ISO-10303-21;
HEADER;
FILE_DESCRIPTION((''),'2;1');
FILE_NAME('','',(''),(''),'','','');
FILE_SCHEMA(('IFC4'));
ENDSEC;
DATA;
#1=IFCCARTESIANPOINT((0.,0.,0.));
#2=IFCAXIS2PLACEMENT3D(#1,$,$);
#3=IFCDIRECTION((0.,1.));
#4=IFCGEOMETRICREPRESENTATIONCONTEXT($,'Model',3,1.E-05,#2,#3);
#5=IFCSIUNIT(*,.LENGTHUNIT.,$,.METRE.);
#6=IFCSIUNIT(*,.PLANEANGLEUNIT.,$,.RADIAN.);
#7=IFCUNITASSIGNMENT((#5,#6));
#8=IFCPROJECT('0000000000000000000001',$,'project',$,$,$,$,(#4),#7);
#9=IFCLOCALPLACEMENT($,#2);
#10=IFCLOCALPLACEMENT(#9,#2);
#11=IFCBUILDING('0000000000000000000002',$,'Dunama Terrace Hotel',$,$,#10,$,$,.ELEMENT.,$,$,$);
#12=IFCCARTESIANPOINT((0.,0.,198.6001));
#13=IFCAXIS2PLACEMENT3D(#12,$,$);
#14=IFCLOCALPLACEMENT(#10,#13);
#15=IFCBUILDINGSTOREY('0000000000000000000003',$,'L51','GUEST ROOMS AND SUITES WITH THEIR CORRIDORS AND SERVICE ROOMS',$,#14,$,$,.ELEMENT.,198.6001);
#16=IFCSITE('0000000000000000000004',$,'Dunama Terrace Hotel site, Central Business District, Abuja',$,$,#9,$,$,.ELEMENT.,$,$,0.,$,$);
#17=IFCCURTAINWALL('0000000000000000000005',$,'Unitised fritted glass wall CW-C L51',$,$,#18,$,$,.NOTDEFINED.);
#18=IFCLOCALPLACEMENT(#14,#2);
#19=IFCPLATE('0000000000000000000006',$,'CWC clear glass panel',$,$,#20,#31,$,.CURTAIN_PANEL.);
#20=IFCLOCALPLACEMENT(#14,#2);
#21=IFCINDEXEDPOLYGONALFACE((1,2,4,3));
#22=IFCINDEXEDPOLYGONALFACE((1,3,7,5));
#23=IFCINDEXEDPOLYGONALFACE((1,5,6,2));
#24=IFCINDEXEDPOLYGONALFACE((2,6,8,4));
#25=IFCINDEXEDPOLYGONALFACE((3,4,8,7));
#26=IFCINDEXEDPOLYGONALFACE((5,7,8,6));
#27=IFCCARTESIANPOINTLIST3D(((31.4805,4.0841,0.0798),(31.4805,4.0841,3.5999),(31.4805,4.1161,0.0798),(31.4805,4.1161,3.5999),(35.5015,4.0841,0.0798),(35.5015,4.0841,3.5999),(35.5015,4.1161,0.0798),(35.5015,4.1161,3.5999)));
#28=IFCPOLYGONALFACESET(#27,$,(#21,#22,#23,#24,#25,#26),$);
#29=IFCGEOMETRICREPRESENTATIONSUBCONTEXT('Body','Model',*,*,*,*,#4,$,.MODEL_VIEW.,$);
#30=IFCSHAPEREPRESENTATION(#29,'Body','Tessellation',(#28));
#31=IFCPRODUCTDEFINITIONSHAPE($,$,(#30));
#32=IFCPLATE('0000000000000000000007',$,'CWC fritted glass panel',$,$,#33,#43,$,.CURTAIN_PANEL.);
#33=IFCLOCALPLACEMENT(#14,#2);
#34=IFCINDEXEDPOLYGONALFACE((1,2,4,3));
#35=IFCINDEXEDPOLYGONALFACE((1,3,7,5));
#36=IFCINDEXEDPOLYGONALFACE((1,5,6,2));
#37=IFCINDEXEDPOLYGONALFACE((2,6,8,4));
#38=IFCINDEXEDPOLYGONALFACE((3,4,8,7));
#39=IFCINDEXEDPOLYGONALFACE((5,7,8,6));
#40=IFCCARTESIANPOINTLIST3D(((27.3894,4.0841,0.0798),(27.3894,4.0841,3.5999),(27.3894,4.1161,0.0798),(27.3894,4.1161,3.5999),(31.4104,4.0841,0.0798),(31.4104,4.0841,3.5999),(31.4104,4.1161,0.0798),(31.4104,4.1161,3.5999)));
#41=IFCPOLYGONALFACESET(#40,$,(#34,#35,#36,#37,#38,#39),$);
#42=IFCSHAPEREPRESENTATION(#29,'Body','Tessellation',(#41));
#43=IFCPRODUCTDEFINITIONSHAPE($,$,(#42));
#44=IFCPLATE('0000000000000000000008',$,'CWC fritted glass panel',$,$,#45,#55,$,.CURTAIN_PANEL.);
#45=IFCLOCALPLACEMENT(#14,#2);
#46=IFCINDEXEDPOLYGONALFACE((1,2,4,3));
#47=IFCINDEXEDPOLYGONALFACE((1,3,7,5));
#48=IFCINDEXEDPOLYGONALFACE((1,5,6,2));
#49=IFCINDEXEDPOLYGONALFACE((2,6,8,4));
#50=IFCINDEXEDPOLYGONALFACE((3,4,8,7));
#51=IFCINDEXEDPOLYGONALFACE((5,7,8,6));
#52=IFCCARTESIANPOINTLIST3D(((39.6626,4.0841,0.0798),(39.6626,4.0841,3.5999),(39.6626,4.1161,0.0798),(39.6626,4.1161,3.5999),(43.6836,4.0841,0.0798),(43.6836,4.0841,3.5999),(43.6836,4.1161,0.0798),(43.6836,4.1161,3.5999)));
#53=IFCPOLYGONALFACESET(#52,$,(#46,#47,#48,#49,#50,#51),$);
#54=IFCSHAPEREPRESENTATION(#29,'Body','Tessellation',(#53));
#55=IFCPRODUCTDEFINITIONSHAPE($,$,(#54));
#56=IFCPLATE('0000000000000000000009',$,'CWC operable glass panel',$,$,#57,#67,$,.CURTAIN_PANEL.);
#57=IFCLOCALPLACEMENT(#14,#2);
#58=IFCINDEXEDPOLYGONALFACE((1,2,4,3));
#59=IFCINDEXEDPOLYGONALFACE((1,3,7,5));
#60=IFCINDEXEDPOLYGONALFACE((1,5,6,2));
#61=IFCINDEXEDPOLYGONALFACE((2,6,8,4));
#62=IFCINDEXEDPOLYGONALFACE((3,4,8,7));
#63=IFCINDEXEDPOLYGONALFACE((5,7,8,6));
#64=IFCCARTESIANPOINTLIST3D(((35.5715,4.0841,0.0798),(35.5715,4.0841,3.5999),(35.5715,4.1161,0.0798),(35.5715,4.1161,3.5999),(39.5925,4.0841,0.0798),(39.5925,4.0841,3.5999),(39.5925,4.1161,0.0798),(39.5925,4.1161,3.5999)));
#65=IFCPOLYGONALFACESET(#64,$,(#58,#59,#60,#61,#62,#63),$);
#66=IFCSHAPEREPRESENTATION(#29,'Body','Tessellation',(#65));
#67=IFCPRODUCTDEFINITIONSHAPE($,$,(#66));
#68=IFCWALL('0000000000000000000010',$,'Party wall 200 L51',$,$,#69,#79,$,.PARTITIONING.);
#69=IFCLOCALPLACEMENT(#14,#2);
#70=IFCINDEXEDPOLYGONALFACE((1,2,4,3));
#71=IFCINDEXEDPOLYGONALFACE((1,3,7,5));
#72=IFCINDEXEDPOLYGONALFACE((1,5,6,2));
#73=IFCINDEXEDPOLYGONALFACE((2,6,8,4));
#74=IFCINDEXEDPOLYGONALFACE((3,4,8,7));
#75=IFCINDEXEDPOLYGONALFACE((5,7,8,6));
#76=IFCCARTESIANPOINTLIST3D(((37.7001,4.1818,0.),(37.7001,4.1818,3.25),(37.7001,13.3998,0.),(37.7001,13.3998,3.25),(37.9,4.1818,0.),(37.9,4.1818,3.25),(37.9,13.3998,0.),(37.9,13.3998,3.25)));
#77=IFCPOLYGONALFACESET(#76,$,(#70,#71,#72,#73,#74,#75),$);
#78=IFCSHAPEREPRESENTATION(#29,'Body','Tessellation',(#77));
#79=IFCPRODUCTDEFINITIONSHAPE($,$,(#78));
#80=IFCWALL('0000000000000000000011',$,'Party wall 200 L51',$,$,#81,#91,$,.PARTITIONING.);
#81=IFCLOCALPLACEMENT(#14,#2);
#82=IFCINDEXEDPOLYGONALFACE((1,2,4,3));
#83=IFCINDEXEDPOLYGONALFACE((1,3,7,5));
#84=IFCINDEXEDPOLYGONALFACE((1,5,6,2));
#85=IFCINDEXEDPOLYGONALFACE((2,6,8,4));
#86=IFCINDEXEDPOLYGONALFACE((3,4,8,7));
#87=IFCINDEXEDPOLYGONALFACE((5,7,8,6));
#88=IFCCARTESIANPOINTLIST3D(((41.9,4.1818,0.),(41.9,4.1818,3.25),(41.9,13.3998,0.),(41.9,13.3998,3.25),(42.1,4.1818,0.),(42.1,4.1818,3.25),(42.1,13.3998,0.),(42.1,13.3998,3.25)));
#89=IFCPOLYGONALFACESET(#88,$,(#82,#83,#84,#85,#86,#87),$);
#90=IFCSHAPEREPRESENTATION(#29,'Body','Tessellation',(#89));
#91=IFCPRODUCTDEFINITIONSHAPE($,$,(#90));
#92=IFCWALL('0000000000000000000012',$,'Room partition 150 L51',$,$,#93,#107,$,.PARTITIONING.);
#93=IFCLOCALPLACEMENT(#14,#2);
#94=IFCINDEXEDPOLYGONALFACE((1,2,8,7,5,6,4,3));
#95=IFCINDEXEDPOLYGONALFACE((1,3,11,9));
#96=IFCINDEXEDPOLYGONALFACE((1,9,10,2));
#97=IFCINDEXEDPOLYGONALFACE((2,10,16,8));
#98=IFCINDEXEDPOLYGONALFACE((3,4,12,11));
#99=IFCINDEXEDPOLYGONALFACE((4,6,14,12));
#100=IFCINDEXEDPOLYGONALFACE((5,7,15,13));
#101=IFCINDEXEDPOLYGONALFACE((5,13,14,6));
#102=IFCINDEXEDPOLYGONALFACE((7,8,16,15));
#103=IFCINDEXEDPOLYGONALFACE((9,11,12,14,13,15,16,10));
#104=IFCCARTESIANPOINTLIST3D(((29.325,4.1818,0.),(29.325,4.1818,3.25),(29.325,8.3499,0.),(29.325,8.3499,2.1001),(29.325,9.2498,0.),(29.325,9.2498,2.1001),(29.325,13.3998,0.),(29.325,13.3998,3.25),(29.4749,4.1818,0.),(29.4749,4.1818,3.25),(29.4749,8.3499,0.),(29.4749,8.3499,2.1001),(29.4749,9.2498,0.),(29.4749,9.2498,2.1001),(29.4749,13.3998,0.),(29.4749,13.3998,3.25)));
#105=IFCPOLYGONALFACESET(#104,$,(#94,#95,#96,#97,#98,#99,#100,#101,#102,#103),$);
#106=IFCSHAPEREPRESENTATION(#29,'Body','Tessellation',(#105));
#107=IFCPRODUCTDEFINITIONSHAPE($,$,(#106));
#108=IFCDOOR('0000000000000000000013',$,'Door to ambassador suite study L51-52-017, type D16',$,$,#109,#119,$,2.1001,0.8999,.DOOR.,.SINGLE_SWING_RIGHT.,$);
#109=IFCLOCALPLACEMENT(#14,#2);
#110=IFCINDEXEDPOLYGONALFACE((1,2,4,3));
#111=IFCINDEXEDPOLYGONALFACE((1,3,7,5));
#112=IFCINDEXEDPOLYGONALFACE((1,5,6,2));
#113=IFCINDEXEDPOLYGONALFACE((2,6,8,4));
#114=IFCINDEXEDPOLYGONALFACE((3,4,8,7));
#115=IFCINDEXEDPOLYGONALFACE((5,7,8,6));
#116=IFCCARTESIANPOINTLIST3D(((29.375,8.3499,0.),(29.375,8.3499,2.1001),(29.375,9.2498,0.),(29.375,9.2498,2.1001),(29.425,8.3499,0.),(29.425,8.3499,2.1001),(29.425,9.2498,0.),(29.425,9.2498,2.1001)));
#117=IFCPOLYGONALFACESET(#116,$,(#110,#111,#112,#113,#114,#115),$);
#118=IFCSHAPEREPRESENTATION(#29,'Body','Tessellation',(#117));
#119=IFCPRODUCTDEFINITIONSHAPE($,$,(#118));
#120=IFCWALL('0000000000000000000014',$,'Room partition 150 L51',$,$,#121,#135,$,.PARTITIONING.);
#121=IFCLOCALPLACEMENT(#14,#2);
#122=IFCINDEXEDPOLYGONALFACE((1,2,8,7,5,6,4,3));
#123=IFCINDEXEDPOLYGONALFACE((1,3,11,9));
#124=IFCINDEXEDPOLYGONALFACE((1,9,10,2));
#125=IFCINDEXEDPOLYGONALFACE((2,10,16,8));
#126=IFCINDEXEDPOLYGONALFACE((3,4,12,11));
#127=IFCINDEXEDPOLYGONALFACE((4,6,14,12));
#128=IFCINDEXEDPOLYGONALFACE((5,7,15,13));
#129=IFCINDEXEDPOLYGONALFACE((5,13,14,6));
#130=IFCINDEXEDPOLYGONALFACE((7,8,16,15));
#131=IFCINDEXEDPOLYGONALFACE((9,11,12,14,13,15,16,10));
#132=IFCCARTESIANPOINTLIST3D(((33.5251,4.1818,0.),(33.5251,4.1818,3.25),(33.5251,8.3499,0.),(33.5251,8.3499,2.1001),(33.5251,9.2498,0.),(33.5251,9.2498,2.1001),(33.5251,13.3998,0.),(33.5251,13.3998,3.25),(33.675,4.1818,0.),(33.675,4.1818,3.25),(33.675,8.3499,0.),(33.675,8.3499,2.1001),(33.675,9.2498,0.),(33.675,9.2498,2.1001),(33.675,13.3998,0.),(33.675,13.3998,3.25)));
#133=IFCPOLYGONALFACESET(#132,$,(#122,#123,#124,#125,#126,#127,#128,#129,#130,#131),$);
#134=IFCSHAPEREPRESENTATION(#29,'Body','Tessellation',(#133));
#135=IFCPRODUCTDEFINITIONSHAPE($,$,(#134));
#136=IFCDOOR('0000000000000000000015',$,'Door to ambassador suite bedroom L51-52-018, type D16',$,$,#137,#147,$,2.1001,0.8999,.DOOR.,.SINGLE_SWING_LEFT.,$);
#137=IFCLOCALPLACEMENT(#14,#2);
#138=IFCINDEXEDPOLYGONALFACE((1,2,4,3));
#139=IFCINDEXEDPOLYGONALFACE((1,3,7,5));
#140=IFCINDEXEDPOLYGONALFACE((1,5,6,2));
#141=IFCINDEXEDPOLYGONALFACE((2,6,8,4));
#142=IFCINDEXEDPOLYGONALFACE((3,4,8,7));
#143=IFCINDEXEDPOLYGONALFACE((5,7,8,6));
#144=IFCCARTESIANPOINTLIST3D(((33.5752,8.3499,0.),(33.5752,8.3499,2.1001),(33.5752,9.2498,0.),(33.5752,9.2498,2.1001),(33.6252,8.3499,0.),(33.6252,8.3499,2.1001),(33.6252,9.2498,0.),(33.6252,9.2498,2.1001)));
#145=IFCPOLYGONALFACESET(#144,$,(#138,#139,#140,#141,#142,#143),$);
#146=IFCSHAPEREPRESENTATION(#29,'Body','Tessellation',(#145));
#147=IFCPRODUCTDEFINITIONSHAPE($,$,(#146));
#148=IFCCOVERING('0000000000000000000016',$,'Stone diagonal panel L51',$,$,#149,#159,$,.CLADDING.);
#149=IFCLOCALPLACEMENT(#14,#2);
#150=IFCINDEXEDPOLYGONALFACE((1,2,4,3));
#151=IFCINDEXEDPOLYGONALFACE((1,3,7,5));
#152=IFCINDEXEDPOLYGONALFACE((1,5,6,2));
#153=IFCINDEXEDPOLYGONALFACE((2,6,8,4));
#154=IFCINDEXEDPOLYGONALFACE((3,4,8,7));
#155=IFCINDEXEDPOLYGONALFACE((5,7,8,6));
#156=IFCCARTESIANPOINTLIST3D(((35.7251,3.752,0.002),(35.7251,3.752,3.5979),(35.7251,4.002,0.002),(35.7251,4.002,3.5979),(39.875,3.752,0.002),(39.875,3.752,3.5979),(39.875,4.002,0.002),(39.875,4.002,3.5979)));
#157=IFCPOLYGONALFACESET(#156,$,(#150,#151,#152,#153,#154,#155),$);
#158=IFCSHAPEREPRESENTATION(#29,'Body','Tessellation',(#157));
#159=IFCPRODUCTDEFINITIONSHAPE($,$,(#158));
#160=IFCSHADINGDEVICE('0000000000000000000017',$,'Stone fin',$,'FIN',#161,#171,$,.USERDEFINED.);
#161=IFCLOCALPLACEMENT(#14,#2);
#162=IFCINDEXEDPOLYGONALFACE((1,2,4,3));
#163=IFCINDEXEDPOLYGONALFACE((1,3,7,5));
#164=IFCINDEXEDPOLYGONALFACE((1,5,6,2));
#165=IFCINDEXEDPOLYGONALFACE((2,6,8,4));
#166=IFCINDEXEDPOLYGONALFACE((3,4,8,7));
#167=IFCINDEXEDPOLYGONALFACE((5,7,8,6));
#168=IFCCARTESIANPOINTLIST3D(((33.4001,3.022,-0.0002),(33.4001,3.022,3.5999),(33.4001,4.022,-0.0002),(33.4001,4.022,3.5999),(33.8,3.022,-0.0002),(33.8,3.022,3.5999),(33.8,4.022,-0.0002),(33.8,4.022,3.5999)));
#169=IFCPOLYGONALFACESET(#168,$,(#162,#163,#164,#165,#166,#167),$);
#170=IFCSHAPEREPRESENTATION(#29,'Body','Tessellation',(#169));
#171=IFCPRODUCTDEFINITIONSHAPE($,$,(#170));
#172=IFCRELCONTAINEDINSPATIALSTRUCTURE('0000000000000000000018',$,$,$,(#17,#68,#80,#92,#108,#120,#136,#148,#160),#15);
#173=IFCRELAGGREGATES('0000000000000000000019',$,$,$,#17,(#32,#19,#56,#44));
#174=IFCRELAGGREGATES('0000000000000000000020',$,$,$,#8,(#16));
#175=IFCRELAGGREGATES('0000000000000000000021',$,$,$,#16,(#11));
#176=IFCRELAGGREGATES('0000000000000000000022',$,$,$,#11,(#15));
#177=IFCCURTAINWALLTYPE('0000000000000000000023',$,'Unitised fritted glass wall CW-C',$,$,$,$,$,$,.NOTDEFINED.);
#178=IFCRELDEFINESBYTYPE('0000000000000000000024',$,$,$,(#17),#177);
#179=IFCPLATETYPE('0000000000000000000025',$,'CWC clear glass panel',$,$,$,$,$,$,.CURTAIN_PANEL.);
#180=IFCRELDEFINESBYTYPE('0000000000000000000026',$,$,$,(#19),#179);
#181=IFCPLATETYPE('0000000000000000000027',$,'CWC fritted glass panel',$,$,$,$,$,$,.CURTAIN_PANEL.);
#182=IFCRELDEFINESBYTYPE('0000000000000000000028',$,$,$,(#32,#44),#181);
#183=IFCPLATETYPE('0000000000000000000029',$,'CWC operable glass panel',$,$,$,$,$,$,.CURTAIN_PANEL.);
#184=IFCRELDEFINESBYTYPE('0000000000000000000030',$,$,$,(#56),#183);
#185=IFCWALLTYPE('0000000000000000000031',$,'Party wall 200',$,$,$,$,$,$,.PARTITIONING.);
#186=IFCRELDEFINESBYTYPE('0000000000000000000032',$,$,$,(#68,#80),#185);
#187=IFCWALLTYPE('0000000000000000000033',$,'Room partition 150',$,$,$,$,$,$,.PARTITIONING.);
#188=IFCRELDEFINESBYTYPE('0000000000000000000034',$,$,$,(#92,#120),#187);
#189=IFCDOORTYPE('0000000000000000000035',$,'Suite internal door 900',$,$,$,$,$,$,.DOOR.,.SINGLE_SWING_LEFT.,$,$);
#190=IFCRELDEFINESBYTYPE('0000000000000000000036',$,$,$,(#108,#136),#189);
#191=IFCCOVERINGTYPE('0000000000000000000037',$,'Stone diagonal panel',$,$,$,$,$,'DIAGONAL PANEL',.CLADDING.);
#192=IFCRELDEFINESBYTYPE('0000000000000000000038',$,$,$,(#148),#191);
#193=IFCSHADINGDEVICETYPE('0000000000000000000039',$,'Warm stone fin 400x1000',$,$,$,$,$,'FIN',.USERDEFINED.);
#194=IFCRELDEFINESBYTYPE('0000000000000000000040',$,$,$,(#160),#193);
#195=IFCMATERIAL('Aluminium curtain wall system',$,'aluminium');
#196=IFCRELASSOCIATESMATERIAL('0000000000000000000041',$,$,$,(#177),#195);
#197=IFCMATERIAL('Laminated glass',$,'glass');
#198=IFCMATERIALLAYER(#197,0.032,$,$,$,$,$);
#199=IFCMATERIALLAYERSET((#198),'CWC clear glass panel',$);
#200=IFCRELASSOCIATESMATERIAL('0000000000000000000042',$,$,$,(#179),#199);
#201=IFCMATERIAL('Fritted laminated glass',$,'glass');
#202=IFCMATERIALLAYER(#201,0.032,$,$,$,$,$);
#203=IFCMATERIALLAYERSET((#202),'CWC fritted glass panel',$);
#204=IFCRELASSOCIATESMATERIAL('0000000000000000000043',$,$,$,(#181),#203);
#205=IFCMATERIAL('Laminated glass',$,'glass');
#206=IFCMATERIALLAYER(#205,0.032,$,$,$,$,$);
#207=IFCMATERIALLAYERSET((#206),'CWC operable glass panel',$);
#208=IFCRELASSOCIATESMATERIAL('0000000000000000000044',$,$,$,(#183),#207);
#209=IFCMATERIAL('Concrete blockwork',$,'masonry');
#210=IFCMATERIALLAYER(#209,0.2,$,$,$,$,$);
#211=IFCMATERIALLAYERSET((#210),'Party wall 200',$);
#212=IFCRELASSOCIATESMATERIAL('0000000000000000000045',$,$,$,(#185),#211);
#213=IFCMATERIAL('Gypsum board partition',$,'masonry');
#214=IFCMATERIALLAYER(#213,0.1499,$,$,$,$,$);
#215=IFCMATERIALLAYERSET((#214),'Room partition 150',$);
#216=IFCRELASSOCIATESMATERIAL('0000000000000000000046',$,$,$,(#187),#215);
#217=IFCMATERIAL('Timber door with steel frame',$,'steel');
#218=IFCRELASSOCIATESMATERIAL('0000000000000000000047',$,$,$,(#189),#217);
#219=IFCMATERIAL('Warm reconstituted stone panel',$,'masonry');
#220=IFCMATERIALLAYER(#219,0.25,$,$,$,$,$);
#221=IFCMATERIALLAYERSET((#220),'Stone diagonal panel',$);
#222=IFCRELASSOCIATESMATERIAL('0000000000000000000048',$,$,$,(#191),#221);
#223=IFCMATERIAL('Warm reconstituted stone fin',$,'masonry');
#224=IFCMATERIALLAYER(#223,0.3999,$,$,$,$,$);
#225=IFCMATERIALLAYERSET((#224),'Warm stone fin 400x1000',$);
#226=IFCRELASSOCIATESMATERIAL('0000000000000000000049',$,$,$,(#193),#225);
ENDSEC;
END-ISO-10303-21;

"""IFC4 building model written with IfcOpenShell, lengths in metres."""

from ifc_helpers import new_model, si_unit, direction, frame, frame_2d, origin, origin_2d, place, context, subcontext, project, spatial, rectangle, extrude, material, layer, layer_set, type_object, element, fill, aggregate, save


model = new_model("IFC4")

# Units and contexts
model_context = context("Model", 3, precision=1e-05, world=origin(), true_north=direction((0.0, 1.0)))
body_context = subcontext(model_context, "Body", "Model", "MODEL_VIEW")
ifc_project = project(units=[si_unit("LENGTHUNIT", "METRE"), si_unit("PLANEANGLEUNIT", "RADIAN")], contexts=[model_context])

# Site, building, storey
site_placement = place(None, origin())
site = spatial("IfcSite", under=ifc_project, at=site_placement, Name="Dunama Terrace Hotel site, Central Business District, Abuja", CompositionType="ELEMENT", RefElevation=0.0)
building_placement = place(site_placement, origin())
building = spatial("IfcBuilding", under=site, at=building_placement, Name="Dunama Terrace Hotel", CompositionType="ELEMENT")
storey_placement = place(building_placement, frame((0.0, 0.0, 198.6001)))
storey = spatial("IfcBuildingStorey", under=building, at=storey_placement, Name="L51", Description="GUEST ROOMS AND SUITES WITH THEIR CORRIDORS AND SERVICE ROOMS", CompositionType="ELEMENT", Elevation=198.6001)

# Curtain wall
ifc_material_1 = material(Name="Aluminium curtain wall system", Category="aluminium")
curtain_wall_type = type_object("IfcCurtainWallType", Name="Unitised fritted glass wall CW-C", PredefinedType="NOTDEFINED", material=ifc_material_1)
curtain_wall_placement = place(storey_placement, origin())
curtain_wall = element("IfcCurtainWall", 1, at=curtain_wall_placement, inside=storey, type_object=curtain_wall_type, Name="Unitised fritted glass wall CW-C L51", PredefinedType="NOTDEFINED")

# Plates
ifc_material_2 = material(Name="Laminated glass", Category="glass")
ifc_layer_1 = layer(ifc_material_2, 0.032)
ifc_layer_set_1 = layer_set([ifc_layer_1], Name="CWC clear glass panel")
plate_type_1 = type_object("IfcPlateType", Name="CWC clear glass panel", PredefinedType="CURTAIN_PANEL", material=ifc_layer_set_1)
plate_1_placement = place(storey_placement, frame((33.491, 4.1001, 0.0798), z_axis=(0.0, 0.0, 1.0), x_axis=(1.0, 0.0, 0.0)))
plate_1 = element("IfcPlate", 2, at=plate_1_placement, type_object=plate_type_1, Name="CWC clear glass panel", PredefinedType="CURTAIN_PANEL", context=body_context, shape_type="SweptSolid", body=[
    extrude(rectangle(XDim=4.021, YDim=0.032, at=origin_2d()), origin(), (0.0, 0.0, 1.0), 3.52),
])
ifc_material_3 = material(Name="Fritted laminated glass", Category="glass")
ifc_layer_2 = layer(ifc_material_3, 0.032)
ifc_layer_set_2 = layer_set([ifc_layer_2], Name="CWC fritted glass panel")
plate_type_2 = type_object("IfcPlateType", Name="CWC fritted glass panel", PredefinedType="CURTAIN_PANEL", material=ifc_layer_set_2)
plate_2_placement = place(storey_placement, frame((29.3999, 4.1001, 0.0798), z_axis=(0.0, 0.0, 1.0), x_axis=(1.0, 0.0, 0.0)))
plate_2 = element("IfcPlate", 3, at=plate_2_placement, type_object=plate_type_2, Name="CWC fritted glass panel", PredefinedType="CURTAIN_PANEL", context=body_context, shape_type="SweptSolid", body=[
    extrude(rectangle(XDim=4.021, YDim=0.032, at=origin_2d()), origin(), (0.0, 0.0, 1.0), 3.52),
])
plate_3_placement = place(storey_placement, frame((41.6731, 4.1001, 0.0798), z_axis=(0.0, 0.0, 1.0), x_axis=(1.0, 0.0, 0.0)))
plate_3 = element("IfcPlate", 4, at=plate_3_placement, type_object=plate_type_2, Name="CWC fritted glass panel", PredefinedType="CURTAIN_PANEL", context=body_context, shape_type="SweptSolid", body=[
    extrude(rectangle(XDim=4.021, YDim=0.032, at=origin_2d()), origin(), (0.0, 0.0, 1.0), 3.52),
])
ifc_material_4 = material(Name="Laminated glass", Category="glass")
ifc_layer_3 = layer(ifc_material_4, 0.032)
ifc_layer_set_3 = layer_set([ifc_layer_3], Name="CWC operable glass panel")
plate_type_3 = type_object("IfcPlateType", Name="CWC operable glass panel", PredefinedType="CURTAIN_PANEL", material=ifc_layer_set_3)
plate_4_placement = place(storey_placement, frame((37.582, 4.1001, 0.0798), z_axis=(0.0, 0.0, 1.0), x_axis=(1.0, 0.0, 0.0)))
plate_4 = element("IfcPlate", 5, at=plate_4_placement, type_object=plate_type_3, Name="CWC operable glass panel", PredefinedType="CURTAIN_PANEL", context=body_context, shape_type="SweptSolid", body=[
    extrude(rectangle(XDim=4.021, YDim=0.032, at=origin_2d()), origin(), (0.0, 0.0, 1.0), 3.52),
])
aggregate(curtain_wall, [plate_2, plate_1, plate_4, plate_3])

# Walls
ifc_material_5 = material(Name="Concrete blockwork", Category="masonry")
ifc_layer_4 = layer(ifc_material_5, 0.2)
ifc_layer_set_4 = layer_set([ifc_layer_4], Name="Party wall 200")
wall_type_1 = type_object("IfcWallType", Name="Party wall 200", PredefinedType="PARTITIONING", material=ifc_layer_set_4)
for number, where, z_axis, x_axis, name in (
    (6, (37.8, 4.1819, 0.0), (0.0, 0.0, 1.0), (0.0, 1.0, 0.0), "Party wall 200 L51"),
    (7, (42.0, 4.1819, 0.0), (0.0, 0.0, 1.0), (0.0, 1.0, 0.0), "Party wall 200 L51"),
):
    element("IfcWall", number, at=place(storey_placement, frame(where, z_axis=z_axis, x_axis=x_axis)), inside=storey, type_object=wall_type_1, Name=name, PredefinedType="PARTITIONING", context=body_context, shape_type="SweptSolid", body=[
        extrude(rectangle(XDim=9.218, YDim=0.2, at=frame_2d((4.6089, 0.0))), origin(), (0.0, 0.0, 1.0), 3.25),
    ])

# Walls, openings, doors
ifc_material_6 = material(Name="Gypsum board partition", Category="masonry")
ifc_layer_5 = layer(ifc_material_6, 0.1499)
ifc_layer_set_5 = layer_set([ifc_layer_5], Name="Room partition 150")
wall_type_2 = type_object("IfcWallType", Name="Room partition 150", PredefinedType="PARTITIONING", material=ifc_layer_set_5)
wall_1_placement = place(storey_placement, frame((29.3999, 4.1819, 0.0), z_axis=(0.0, 0.0, 1.0), x_axis=(0.0, 1.0, 0.0)))
wall_1 = element("IfcWall", 8, at=wall_1_placement, inside=storey, type_object=wall_type_2, Name="Room partition 150 L51", PredefinedType="PARTITIONING", context=body_context, shape_type="SweptSolid", body=[
    extrude(rectangle(XDim=9.218, YDim=0.1499, at=frame_2d((4.6089, 0.0))), origin(), (0.0, 0.0, 1.0), 3.25),
])
opening_1_placement = place(wall_1_placement, frame((4.168, 0.0, 0.0)))
opening_1 = element("IfcOpeningElement", 9, at=opening_1_placement, cuts=wall_1, PredefinedType="OPENING", context=body_context, shape_type="SweptSolid", body=[
    extrude(rectangle(XDim=0.8999, YDim=2.1001, at=frame_2d((0.45, 1.05))), frame((0.0, 0.085, 0.0), z_axis=(0.0, -1.0, 0.0), x_axis=(1.0, 0.0, 0.0)), (0.0, 0.0, 1.0), 0.1699),
])
ifc_material_7 = material(Name="Timber door with steel frame", Category="steel")
door_type = type_object("IfcDoorType", Name="Suite internal door 900", OperationType="SINGLE_SWING_LEFT", PredefinedType="DOOR", material=ifc_material_7)
door_1_placement = place(opening_1_placement, origin())
door_1 = element("IfcDoor", 10, at=door_1_placement, inside=storey, type_object=door_type, Name="Door to ambassador suite study L51-52-017, type D16", OperationType="SINGLE_SWING_RIGHT", OverallHeight=2.1001, OverallWidth=0.8999, PredefinedType="DOOR", context=body_context, shape_type="SweptSolid", body=[
    extrude(rectangle(XDim=0.8999, YDim=2.1001, at=frame_2d((0.45, 1.05))), frame((0.0, 0.0249, 0.0), z_axis=(0.0, -1.0, 0.0), x_axis=(1.0, 0.0, 0.0)), (0.0, 0.0, 1.0), 0.05),
])
fill(opening_1, door_1)
wall_2_placement = place(storey_placement, frame((33.6001, 4.1819, 0.0), z_axis=(0.0, 0.0, 1.0), x_axis=(0.0, 1.0, 0.0)))
wall_2 = element("IfcWall", 11, at=wall_2_placement, inside=storey, type_object=wall_type_2, Name="Room partition 150 L51", PredefinedType="PARTITIONING", context=body_context, shape_type="SweptSolid", body=[
    extrude(rectangle(XDim=9.218, YDim=0.1499, at=frame_2d((4.6089, 0.0))), origin(), (0.0, 0.0, 1.0), 3.25),
])
opening_2_placement = place(wall_2_placement, frame((4.168, 0.0, 0.0)))
opening_2 = element("IfcOpeningElement", 12, at=opening_2_placement, cuts=wall_2, PredefinedType="OPENING", context=body_context, shape_type="SweptSolid", body=[
    extrude(rectangle(XDim=0.8999, YDim=2.1001, at=frame_2d((0.45, 1.05))), frame((0.0, 0.085, 0.0), z_axis=(0.0, -1.0, 0.0), x_axis=(1.0, 0.0, 0.0)), (0.0, 0.0, 1.0), 0.1699),
])
door_2_placement = place(opening_2_placement, frame((0.8999, 0.0, 0.0), z_axis=(0.0, 0.0, 1.0), x_axis=(-1.0, 0.0, 0.0)))
door_2 = element("IfcDoor", 13, at=door_2_placement, inside=storey, type_object=door_type, Name="Door to ambassador suite bedroom L51-52-018, type D16", OperationType="SINGLE_SWING_LEFT", OverallHeight=2.1001, OverallWidth=0.8999, PredefinedType="DOOR", context=body_context, shape_type="SweptSolid", body=[
    extrude(rectangle(XDim=0.8999, YDim=2.1001, at=frame_2d((0.45, 1.05))), frame((0.0, 0.0251, 0.0), z_axis=(0.0, -1.0, 0.0), x_axis=(1.0, 0.0, 0.0)), (0.0, 0.0, 1.0), 0.05),
])
fill(opening_2, door_2)

# Covering
ifc_material_8 = material(Name="Warm reconstituted stone panel", Category="masonry")
ifc_layer_6 = layer(ifc_material_8, 0.25)
ifc_layer_set_6 = layer_set([ifc_layer_6], Name="Stone diagonal panel")
covering_type = type_object("IfcCoveringType", Name="Stone diagonal panel", ElementType="DIAGONAL PANEL", PredefinedType="CLADDING", material=ifc_layer_set_6)
covering_placement = place(storey_placement, frame((37.8, 3.877, 0.002), z_axis=(0.0, 0.0, 1.0), x_axis=(1.0, 0.0, 0.0)))
element("IfcCovering", 14, at=covering_placement, inside=storey, type_object=covering_type, Name="Stone diagonal panel L51", PredefinedType="CLADDING", context=body_context, shape_type="SweptSolid", body=[
    extrude(rectangle(XDim=4.1499, YDim=0.25, at=origin_2d()), origin(), (0.0, 0.0, 1.0), 3.5959),
])

# Shading device
ifc_material_9 = material(Name="Warm reconstituted stone fin", Category="masonry")
ifc_layer_7 = layer(ifc_material_9, 0.3999)
ifc_layer_set_7 = layer_set([ifc_layer_7], Name="Warm stone fin 400x1000")
shading_device_type = type_object("IfcShadingDeviceType", Name="Warm stone fin 400x1000", ElementType="FIN", PredefinedType="USERDEFINED", material=ifc_layer_set_7)
shading_device_placement = place(storey_placement, frame((33.6001, 3.522, -0.0002), z_axis=(0.0, 0.0, 1.0), x_axis=(1.0, 0.0, 0.0)))
element("IfcShadingDevice", 15, at=shading_device_placement, inside=storey, type_object=shading_device_type, Name="Stone fin", ObjectType="FIN", PredefinedType="USERDEFINED", context=body_context, shape_type="SweptSolid", body=[
    extrude(rectangle(XDim=0.3999, YDim=1.0, at=origin_2d()), origin(), (0.0, 0.0, 1.0), 3.6001),
])

save(model, "model.ifc")
